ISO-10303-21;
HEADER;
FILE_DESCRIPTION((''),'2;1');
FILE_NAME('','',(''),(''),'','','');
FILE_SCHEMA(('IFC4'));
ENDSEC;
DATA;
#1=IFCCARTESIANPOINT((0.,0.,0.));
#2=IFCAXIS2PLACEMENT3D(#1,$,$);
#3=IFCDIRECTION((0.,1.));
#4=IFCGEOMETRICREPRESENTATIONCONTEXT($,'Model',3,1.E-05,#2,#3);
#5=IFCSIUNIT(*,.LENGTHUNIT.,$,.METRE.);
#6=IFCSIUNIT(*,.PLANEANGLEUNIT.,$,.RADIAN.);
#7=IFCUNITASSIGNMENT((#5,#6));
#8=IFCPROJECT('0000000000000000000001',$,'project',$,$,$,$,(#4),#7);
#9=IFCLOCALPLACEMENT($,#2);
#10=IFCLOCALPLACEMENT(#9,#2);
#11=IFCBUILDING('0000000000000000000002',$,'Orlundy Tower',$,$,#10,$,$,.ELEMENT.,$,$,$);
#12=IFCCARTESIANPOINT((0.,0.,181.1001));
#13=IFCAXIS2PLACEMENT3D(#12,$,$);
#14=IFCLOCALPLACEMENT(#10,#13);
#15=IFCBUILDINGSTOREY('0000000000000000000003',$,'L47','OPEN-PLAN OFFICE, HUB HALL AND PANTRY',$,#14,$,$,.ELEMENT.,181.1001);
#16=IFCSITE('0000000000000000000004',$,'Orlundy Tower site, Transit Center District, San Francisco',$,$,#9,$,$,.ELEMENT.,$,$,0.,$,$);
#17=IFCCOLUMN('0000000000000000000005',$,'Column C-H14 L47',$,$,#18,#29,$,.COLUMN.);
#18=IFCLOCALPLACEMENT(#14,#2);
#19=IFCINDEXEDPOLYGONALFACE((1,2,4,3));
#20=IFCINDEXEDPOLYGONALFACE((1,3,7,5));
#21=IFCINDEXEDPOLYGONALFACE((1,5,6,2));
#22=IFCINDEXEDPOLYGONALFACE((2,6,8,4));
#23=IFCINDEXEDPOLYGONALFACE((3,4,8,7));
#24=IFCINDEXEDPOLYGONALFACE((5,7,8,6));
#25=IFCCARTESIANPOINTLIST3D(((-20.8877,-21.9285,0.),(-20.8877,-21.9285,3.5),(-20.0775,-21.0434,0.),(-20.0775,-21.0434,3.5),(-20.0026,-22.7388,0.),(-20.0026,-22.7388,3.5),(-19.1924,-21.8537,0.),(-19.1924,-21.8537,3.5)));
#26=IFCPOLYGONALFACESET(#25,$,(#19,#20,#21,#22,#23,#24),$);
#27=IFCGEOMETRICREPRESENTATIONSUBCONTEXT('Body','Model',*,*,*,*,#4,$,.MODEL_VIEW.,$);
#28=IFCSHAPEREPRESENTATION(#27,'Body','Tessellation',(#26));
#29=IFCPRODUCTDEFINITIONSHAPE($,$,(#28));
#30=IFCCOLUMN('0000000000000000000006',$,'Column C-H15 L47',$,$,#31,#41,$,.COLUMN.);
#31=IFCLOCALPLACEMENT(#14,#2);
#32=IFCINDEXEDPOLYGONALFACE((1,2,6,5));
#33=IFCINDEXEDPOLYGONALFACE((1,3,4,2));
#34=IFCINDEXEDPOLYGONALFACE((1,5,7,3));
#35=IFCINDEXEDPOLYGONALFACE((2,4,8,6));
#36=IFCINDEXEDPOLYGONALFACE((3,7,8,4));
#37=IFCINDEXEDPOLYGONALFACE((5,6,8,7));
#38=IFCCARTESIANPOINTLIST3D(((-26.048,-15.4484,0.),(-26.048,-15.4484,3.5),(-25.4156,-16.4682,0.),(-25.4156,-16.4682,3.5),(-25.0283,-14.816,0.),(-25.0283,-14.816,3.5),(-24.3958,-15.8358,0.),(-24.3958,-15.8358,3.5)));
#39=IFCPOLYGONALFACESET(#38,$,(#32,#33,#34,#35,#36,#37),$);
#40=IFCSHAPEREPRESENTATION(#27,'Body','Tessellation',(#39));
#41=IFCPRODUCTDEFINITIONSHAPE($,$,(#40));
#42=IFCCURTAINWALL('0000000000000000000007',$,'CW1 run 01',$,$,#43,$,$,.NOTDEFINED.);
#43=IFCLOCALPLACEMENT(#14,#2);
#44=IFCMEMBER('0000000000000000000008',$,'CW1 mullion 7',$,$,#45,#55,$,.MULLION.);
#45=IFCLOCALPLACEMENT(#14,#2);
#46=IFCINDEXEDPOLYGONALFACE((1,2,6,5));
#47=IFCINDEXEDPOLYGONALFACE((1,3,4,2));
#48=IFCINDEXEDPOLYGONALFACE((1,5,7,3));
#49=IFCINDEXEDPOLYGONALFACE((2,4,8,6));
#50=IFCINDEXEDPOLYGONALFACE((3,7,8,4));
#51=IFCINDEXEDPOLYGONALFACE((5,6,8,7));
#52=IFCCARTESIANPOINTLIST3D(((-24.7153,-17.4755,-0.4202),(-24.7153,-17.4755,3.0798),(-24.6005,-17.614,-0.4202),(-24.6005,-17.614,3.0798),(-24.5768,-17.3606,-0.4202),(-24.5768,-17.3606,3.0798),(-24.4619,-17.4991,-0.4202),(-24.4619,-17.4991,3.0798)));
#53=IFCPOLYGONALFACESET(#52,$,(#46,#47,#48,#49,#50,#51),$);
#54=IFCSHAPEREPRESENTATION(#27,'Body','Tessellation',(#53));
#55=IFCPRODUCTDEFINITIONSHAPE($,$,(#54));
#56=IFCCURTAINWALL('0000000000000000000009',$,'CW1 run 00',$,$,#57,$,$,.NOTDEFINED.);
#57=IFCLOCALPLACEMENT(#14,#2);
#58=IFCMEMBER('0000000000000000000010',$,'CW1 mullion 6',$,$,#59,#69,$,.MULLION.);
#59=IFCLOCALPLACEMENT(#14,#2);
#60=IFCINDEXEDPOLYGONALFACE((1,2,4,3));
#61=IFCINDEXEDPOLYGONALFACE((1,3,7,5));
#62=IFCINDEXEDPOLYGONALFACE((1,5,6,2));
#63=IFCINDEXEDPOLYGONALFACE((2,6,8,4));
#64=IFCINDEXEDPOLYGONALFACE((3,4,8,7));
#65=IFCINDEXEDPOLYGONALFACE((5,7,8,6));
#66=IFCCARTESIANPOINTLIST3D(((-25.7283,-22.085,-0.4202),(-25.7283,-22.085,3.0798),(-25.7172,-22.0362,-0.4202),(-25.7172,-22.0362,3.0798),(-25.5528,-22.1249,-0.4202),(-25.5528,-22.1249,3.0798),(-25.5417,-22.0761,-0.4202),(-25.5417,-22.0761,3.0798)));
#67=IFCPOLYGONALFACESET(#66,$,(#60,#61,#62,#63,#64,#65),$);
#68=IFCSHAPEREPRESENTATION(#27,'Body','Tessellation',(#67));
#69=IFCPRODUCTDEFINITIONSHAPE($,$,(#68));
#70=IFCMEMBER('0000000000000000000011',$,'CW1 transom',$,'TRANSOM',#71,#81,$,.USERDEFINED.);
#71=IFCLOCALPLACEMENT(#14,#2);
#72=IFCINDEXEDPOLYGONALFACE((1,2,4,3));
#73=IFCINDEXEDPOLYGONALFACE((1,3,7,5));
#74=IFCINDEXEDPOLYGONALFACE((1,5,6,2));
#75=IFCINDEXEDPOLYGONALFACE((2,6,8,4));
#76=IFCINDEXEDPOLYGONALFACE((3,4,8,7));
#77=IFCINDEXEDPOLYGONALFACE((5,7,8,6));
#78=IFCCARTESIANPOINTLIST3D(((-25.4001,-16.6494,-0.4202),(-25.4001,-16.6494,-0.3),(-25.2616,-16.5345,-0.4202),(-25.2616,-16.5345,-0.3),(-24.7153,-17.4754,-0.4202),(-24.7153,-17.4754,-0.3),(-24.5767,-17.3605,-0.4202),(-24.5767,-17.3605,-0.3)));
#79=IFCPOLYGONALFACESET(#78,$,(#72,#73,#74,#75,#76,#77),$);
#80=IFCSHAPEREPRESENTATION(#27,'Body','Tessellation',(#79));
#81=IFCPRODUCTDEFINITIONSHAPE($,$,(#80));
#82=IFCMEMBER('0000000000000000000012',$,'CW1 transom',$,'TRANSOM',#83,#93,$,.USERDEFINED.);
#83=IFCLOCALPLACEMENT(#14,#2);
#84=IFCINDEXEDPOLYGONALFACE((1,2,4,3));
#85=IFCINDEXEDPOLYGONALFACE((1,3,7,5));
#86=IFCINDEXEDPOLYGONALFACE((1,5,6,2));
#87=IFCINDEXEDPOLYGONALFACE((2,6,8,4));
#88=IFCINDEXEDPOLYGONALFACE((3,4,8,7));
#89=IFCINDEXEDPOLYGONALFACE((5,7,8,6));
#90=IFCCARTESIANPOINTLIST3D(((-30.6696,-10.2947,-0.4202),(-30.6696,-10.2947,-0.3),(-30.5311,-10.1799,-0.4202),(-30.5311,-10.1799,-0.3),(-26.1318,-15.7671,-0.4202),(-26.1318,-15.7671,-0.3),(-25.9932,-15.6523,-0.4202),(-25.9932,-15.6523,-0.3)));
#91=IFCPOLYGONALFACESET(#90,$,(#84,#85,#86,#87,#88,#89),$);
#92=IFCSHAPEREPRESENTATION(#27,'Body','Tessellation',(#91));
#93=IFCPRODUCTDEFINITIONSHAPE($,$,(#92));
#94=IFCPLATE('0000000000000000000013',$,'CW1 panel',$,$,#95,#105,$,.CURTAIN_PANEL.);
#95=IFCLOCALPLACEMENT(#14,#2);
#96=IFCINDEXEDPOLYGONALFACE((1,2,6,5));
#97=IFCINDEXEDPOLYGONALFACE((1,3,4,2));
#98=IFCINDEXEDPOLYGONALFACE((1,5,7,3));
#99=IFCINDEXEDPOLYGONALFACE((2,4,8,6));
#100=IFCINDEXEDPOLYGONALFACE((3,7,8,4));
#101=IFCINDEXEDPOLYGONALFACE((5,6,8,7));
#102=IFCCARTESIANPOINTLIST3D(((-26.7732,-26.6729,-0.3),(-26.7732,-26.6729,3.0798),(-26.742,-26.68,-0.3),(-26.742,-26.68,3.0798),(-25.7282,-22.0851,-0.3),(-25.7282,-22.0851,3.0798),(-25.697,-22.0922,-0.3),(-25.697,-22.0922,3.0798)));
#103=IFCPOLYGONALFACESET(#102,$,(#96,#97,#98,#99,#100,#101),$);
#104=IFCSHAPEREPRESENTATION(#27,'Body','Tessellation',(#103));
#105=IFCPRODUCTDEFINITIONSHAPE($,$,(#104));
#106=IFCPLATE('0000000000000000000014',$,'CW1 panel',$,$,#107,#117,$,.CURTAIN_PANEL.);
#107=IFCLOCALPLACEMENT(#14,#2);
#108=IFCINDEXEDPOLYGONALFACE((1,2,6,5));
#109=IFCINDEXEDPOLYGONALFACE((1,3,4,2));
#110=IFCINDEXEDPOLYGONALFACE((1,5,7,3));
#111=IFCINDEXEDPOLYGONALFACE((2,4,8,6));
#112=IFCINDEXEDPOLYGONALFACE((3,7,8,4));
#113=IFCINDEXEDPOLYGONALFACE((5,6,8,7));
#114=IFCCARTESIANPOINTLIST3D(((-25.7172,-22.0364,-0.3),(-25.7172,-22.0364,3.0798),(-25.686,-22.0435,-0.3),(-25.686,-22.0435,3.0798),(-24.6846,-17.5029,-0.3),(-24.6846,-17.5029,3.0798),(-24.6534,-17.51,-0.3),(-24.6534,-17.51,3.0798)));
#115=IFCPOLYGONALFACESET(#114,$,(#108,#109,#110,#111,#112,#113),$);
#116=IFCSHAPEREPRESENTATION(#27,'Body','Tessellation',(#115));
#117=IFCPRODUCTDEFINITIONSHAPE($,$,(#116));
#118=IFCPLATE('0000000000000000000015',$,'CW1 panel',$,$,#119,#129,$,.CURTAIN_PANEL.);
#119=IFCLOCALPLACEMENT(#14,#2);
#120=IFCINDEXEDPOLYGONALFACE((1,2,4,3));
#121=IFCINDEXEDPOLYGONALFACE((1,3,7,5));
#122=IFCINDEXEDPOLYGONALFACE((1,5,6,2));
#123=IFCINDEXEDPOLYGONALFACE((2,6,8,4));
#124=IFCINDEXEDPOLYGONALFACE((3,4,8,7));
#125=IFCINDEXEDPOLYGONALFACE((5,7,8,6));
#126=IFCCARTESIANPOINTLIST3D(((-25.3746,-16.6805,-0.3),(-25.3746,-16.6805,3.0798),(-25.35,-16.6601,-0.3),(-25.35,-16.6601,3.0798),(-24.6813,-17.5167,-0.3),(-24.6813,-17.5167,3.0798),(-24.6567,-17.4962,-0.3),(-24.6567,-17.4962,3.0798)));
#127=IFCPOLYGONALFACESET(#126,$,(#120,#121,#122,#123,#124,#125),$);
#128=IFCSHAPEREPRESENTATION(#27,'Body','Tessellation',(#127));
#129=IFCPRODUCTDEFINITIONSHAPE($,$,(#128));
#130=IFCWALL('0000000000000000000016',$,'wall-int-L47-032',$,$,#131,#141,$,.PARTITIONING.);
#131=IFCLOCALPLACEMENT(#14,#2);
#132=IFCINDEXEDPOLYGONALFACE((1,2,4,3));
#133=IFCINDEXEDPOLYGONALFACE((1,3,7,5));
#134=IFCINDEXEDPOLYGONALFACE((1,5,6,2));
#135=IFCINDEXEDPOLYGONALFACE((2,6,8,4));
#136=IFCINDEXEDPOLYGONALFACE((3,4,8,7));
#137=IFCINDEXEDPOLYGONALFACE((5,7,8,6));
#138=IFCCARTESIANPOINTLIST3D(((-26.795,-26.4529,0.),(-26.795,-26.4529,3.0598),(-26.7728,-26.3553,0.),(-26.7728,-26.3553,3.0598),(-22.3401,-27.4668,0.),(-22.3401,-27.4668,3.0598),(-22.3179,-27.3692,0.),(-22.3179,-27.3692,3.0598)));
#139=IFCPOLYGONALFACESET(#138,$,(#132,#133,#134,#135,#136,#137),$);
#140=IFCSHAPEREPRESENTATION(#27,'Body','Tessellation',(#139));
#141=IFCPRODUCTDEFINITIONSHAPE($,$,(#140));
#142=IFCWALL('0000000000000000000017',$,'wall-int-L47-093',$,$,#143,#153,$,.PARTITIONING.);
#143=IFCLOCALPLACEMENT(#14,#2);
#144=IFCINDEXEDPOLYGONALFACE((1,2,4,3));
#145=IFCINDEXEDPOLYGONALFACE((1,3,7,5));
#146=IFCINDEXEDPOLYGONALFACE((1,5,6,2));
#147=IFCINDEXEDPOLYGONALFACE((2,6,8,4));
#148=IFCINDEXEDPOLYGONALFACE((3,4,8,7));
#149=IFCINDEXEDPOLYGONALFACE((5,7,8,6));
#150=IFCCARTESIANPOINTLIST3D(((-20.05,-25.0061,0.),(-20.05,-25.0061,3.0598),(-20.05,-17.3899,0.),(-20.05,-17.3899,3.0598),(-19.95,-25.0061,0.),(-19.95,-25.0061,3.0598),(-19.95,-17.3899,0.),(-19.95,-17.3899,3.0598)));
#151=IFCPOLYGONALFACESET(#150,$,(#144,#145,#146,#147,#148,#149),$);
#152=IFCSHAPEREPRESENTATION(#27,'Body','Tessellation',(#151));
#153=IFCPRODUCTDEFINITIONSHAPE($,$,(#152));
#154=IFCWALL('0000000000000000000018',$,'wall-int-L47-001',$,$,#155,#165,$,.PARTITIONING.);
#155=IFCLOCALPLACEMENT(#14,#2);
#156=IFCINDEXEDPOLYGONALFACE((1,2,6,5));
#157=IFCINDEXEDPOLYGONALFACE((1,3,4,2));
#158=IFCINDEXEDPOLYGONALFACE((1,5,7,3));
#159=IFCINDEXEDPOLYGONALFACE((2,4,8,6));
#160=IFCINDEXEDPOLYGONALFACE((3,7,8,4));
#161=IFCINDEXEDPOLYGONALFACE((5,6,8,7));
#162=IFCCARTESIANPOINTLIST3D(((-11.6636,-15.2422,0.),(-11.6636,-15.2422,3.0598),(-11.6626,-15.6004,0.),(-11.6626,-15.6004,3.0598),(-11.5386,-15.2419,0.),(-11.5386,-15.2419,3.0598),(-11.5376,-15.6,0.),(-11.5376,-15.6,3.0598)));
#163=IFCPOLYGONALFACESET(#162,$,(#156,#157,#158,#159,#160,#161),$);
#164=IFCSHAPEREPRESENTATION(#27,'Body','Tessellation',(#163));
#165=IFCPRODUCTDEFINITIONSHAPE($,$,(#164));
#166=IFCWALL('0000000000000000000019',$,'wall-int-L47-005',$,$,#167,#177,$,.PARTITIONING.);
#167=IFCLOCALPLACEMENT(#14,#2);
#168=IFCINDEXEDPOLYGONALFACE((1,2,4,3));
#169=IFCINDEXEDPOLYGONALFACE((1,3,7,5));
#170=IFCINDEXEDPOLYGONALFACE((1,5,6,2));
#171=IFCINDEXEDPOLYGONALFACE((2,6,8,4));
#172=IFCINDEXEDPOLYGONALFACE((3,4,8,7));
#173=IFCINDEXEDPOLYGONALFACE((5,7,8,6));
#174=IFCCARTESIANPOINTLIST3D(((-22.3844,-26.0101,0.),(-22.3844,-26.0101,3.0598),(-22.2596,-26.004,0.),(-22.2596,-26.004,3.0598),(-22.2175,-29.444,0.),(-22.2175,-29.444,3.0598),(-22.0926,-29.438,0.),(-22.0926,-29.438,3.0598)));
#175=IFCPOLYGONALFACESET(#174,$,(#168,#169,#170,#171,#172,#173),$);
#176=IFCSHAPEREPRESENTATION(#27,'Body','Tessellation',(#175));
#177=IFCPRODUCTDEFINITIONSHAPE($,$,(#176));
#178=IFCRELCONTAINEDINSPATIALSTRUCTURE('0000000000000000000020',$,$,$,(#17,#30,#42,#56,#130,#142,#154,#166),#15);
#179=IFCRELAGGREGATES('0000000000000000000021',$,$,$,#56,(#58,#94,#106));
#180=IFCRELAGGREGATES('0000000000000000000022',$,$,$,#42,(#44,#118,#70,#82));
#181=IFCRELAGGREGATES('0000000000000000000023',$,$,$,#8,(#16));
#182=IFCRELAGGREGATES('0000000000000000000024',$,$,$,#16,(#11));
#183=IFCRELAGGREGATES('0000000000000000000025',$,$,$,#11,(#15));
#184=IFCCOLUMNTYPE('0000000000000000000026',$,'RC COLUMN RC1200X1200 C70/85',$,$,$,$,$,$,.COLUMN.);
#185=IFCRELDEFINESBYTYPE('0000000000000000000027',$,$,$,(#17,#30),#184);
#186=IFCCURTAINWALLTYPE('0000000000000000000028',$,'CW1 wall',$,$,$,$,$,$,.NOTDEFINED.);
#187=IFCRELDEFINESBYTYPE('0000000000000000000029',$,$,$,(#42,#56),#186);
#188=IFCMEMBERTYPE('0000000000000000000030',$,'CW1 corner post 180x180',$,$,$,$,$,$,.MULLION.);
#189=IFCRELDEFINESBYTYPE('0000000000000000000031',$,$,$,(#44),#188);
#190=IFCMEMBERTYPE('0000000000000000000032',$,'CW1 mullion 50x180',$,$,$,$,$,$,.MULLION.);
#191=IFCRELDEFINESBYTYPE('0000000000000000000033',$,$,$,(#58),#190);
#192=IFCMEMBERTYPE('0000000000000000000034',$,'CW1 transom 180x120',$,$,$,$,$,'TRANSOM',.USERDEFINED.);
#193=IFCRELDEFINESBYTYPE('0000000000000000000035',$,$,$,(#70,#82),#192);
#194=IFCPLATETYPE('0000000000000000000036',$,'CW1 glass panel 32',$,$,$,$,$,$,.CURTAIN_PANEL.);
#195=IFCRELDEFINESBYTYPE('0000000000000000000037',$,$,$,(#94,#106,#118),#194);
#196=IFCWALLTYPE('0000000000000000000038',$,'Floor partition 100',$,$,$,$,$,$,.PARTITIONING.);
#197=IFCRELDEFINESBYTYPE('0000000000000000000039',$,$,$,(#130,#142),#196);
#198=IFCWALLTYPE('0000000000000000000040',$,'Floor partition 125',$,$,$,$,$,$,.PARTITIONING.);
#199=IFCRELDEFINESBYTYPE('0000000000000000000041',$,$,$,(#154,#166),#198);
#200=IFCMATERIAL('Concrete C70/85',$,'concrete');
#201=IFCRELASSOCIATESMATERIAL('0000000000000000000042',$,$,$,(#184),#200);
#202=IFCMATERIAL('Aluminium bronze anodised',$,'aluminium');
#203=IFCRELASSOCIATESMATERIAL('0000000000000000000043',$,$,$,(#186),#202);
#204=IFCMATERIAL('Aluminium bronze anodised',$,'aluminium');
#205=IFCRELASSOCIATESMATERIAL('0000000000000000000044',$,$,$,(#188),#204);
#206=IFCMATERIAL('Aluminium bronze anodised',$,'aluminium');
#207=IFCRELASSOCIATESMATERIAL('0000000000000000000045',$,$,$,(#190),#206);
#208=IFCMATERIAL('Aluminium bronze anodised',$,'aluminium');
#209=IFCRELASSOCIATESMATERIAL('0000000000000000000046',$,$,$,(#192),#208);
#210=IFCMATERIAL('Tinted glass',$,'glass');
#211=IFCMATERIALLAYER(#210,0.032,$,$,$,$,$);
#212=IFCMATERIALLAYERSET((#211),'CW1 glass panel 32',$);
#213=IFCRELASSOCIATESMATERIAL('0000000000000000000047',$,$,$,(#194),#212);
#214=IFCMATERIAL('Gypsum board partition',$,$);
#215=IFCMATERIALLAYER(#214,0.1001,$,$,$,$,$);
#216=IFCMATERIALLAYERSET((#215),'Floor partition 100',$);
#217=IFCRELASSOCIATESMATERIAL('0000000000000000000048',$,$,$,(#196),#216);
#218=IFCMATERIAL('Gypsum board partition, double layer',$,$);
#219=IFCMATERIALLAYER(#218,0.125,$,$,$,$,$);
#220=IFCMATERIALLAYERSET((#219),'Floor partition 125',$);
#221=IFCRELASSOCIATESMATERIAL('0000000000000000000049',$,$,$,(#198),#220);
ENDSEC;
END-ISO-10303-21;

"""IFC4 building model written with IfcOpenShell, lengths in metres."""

from ifc_helpers import new_model, si_unit, direction, frame, frame_2d, origin, origin_2d, place, context, subcontext, project, spatial, rectangle, extrude, material, layer, layer_set, material_profile, profile_set, type_object, element, aggregate, save


model = new_model("IFC4")

# Units and contexts
model_context = context("Model", 3, precision=1e-05, world=origin(), true_north=direction((0.0, 1.0)))
body_context = subcontext(model_context, "Body", "Model", "MODEL_VIEW")
ifc_project = project(units=[si_unit("LENGTHUNIT", "METRE"), si_unit("PLANEANGLEUNIT", "RADIAN")], contexts=[model_context])

# Site, building, storey
site_placement = place(None, origin())
site = spatial("IfcSite", under=ifc_project, at=site_placement, Name="Orlundy Tower site, Transit Center District, San Francisco", CompositionType="ELEMENT", RefElevation=0.0)
building_placement = place(site_placement, origin())
building = spatial("IfcBuilding", under=site, at=building_placement, Name="Orlundy Tower", CompositionType="ELEMENT")
storey_placement = place(building_placement, frame((0.0, 0.0, 181.1001)))
storey = spatial("IfcBuildingStorey", under=building, at=storey_placement, Name="L47", Description="OPEN-PLAN OFFICE, HUB HALL AND PANTRY", CompositionType="ELEMENT", Elevation=181.1001)

# Columns
ifc_material_1 = material(Name="Concrete C70/85", Category="concrete")
ifc_material_profile_1 = material_profile(ifc_material_1, rectangle(XDim=1.2, YDim=1.2, at=origin_2d()), Name="RC1200X1200")
ifc_profile_set_1 = profile_set([ifc_material_profile_1], Name="Concrete C70/85")
column_type = type_object("IfcColumnType", Name="RC COLUMN RC1200X1200 C70/85", PredefinedType="COLUMN", material=ifc_profile_set_1)
for number, where, z_axis, x_axis, name in (
    (1, (-20.04, -21.8911, 0.0), (0.0, 0.0, 1.0), (-0.67523, -0.737607, 0.0), "Column C-H14 L47"),
    (2, (-25.2219, -15.6421, 0.0), (0.0, 0.0, 1.0), (-0.849838, -0.527045, 0.0), "Column C-H15 L47"),
):
    element("IfcColumn", number, at=place(storey_placement, frame(where, z_axis=z_axis, x_axis=x_axis)), inside=storey, type_object=column_type, Name=name, PredefinedType="COLUMN", context=body_context, shape_type="SweptSolid", body=[
        extrude(rectangle(XDim=1.2, YDim=1.2, at=origin_2d()), origin(), (0.0, 0.0, 1.0), 3.5),
    ])

# Curtain walls, members
ifc_material_2 = material(Name="Aluminium bronze anodised", Category="aluminium")
curtain_wall_type = type_object("IfcCurtainWallType", Name="CW1 wall", PredefinedType="NOTDEFINED", material=ifc_material_2)
curtain_wall_1_placement = place(storey_placement, origin())
curtain_wall_1 = element("IfcCurtainWall", 3, at=curtain_wall_1_placement, inside=storey, type_object=curtain_wall_type, Name="CW1 run 01", PredefinedType="NOTDEFINED")
ifc_material_3 = material(Name="Aluminium bronze anodised", Category="aluminium")
ifc_material_profile_2 = material_profile(ifc_material_3, rectangle(XDim=0.1799, YDim=0.1799, at=origin_2d()), Name="CW1 corner post 180x180")
ifc_profile_set_2 = profile_set([ifc_material_profile_2], Name="Aluminium bronze anodised")
member_type_1 = type_object("IfcMemberType", Name="CW1 corner post 180x180", PredefinedType="MULLION", material=ifc_profile_set_2)
member_1_placement = place(storey_placement, frame((-24.5886, -17.4873, -0.4202), z_axis=(0.0, 0.0, 1.0), x_axis=(-0.769788, -0.638299, 0.0)))
member_1 = element("IfcMember", 4, at=member_1_placement, type_object=member_type_1, Name="CW1 mullion 7", PredefinedType="MULLION", context=body_context, shape_type="SweptSolid", body=[
    extrude(rectangle(XDim=0.1799, YDim=0.1799, at=origin_2d()), origin(), (0.0, 0.0, 1.0), 3.5),
])
curtain_wall_2_placement = place(storey_placement, origin())
curtain_wall_2 = element("IfcCurtainWall", 5, at=curtain_wall_2_placement, inside=storey, type_object=curtain_wall_type, Name="CW1 run 00", PredefinedType="NOTDEFINED")
ifc_material_4 = material(Name="Aluminium bronze anodised", Category="aluminium")
ifc_material_profile_3 = material_profile(ifc_material_4, rectangle(XDim=0.1799, YDim=0.05, at=origin_2d()), Name="CW1 mullion 50x180")
ifc_profile_set_3 = profile_set([ifc_material_profile_3], Name="Aluminium bronze anodised")
member_type_2 = type_object("IfcMemberType", Name="CW1 mullion 50x180", PredefinedType="MULLION", material=ifc_profile_set_3)
member_2_placement = place(storey_placement, frame((-25.635, -22.0806, -0.4202), z_axis=(0.0, 0.0, 1.0), x_axis=(-0.975025, 0.222097, 0.0)))
member_2 = element("IfcMember", 6, at=member_2_placement, type_object=member_type_2, Name="CW1 mullion 6", PredefinedType="MULLION", context=body_context, shape_type="SweptSolid", body=[
    extrude(rectangle(XDim=0.1799, YDim=0.05, at=origin_2d()), origin(), (0.0, 0.0, 1.0), 3.5),
])

# Members
ifc_material_5 = material(Name="Aluminium bronze anodised", Category="aluminium")
ifc_material_profile_4 = material_profile(ifc_material_5, rectangle(XDim=0.1799, YDim=0.1201, at=origin_2d()), Name="CW1 transom 180x120")
ifc_profile_set_4 = profile_set([ifc_material_profile_4], Name="Aluminium bronze anodised")
member_type_3 = type_object("IfcMemberType", Name="CW1 transom 180x120", ElementType="TRANSOM", PredefinedType="USERDEFINED", material=ifc_profile_set_4)
member_3_placement = place(storey_placement, frame((-24.646, -17.418, -0.3601), z_axis=(-0.63828, 0.769804, 0.0), x_axis=(-0.769804, -0.63828, 0.0)))
member_3 = element("IfcMember", 7, at=member_3_placement, type_object=member_type_3, Name="CW1 transom", ObjectType="TRANSOM", PredefinedType="USERDEFINED", context=body_context, shape_type="SweptSolid", body=[
    extrude(rectangle(XDim=0.1799, YDim=0.1201, at=origin_2d()), origin(), (0.0, 0.0, 1.0), 1.073),
])
member_4_placement = place(storey_placement, frame((-26.0625, -15.7097, -0.3601), z_axis=(-0.638315, 0.769776, 0.0), x_axis=(-0.769776, -0.638315, 0.0)))
member_4 = element("IfcMember", 8, at=member_4_placement, type_object=member_type_3, Name="CW1 transom", ObjectType="TRANSOM", PredefinedType="USERDEFINED", context=body_context, shape_type="SweptSolid", body=[
    extrude(rectangle(XDim=0.1799, YDim=0.1201, at=origin_2d()), origin(), (0.0, 0.0, 1.0), 7.1091),
])

# Plates
ifc_material_6 = material(Name="Tinted glass", Category="glass")
ifc_layer_1 = layer(ifc_material_6, 0.032)
ifc_layer_set_1 = layer_set([ifc_layer_1], Name="CW1 glass panel 32")
plate_type = type_object("IfcPlateType", Name="CW1 glass panel 32", PredefinedType="CURTAIN_PANEL", material=ifc_layer_set_1)
plate_1_placement = place(storey_placement, frame((-26.2351, -24.3826, -0.3), z_axis=(0.0, 0.0, 1.0), x_axis=(0.222097, 0.975025, 0.0)))
plate_1 = element("IfcPlate", 9, at=plate_1_placement, type_object=plate_type, Name="CW1 panel", PredefinedType="CURTAIN_PANEL", context=body_context, shape_type="SweptSolid", body=[
    extrude(rectangle(XDim=4.7053, YDim=0.032, at=origin_2d()), origin(), (0.0, 0.0, 1.0), 3.3799),
])
plate_2_placement = place(storey_placement, frame((-25.1853, -19.7732, -0.3), z_axis=(0.0, 0.0, 1.0), x_axis=(0.222097, 0.975025, 0.0)))
plate_2 = element("IfcPlate", 10, at=plate_2_placement, type_object=plate_type, Name="CW1 panel", PredefinedType="CURTAIN_PANEL", context=body_context, shape_type="SweptSolid", body=[
    extrude(rectangle(XDim=4.6497, YDim=0.032, at=origin_2d()), origin(), (0.0, 0.0, 1.0), 3.3799),
])
aggregate(curtain_wall_2, [member_2, plate_1, plate_2])
plate_3_placement = place(storey_placement, frame((-25.0156, -17.0884, -0.3), z_axis=(0.0, 0.0, 1.0), x_axis=(-0.638299, 0.769788, 0.0)))
plate_3 = element("IfcPlate", 11, at=plate_3_placement, type_object=plate_type, Name="CW1 panel", PredefinedType="CURTAIN_PANEL", context=body_context, shape_type="SweptSolid", body=[
    extrude(rectangle(XDim=1.0862, YDim=0.032, at=origin_2d()), origin(), (0.0, 0.0, 1.0), 3.3799),
])
aggregate(curtain_wall_1, [member_1, plate_3, member_3, member_4])

# Walls
ifc_material_7 = material(Name="Gypsum board partition")
ifc_layer_2 = layer(ifc_material_7, 0.1001)
ifc_layer_set_2 = layer_set([ifc_layer_2], Name="Floor partition 100")
wall_type_1 = type_object("IfcWallType", Name="Floor partition 100", PredefinedType="PARTITIONING", material=ifc_layer_set_2)
wall_1_placement = place(storey_placement, frame((-26.7839, -26.4041, 0.0), z_axis=(0.0, 0.0, 1.0), x_axis=(0.975064, -0.221924, 0.0)))
element("IfcWall", 12, at=wall_1_placement, inside=storey, type_object=wall_type_1, Name="wall-int-L47-032", PredefinedType="PARTITIONING", context=body_context, shape_type="SweptSolid", body=[
    extrude(rectangle(XDim=4.5688, YDim=0.1001, at=frame_2d((2.2844, 0.0))), origin(), (0.0, 0.0, 1.0), 3.0598),
])
wall_2_placement = place(storey_placement, frame((-20.0, -25.0061, 0.0), z_axis=(0.0, 0.0, 1.0), x_axis=(0.0, 1.0, 0.0)))
element("IfcWall", 13, at=wall_2_placement, inside=storey, type_object=wall_type_1, Name="wall-int-L47-093", PredefinedType="PARTITIONING", context=body_context, shape_type="SweptSolid", body=[
    extrude(rectangle(XDim=7.6162, YDim=0.1001, at=frame_2d((3.8081, 0.0))), origin(), (0.0, 0.0, 1.0), 3.0598),
])
ifc_material_8 = material(Name="Gypsum board partition, double layer")
ifc_layer_3 = layer(ifc_material_8, 0.125)
ifc_layer_set_3 = layer_set([ifc_layer_3], Name="Floor partition 125")
wall_type_2 = type_object("IfcWallType", Name="Floor partition 125", PredefinedType="PARTITIONING", material=ifc_layer_set_3)
wall_3_placement = place(storey_placement, frame((-11.6011, -15.2419, 0.0), z_axis=(0.0, 0.0, 1.0), x_axis=(0.002727, -0.999996, 0.0)))
element("IfcWall", 14, at=wall_3_placement, inside=storey, type_object=wall_type_2, Name="wall-int-L47-001", PredefinedType="PARTITIONING", context=body_context, shape_type="SweptSolid", body=[
    extrude(rectangle(XDim=0.3582, YDim=0.125, at=frame_2d((0.1792, 0.0))), origin(), (0.0, 0.0, 1.0), 3.0598),
])
wall_4_placement = place(storey_placement, frame((-22.322, -26.0071, 0.0), z_axis=(0.0, 0.0, 1.0), x_axis=(0.048574, -0.99882, 0.0)))
element("IfcWall", 15, at=wall_4_placement, inside=storey, type_object=wall_type_2, Name="wall-int-L47-005", PredefinedType="PARTITIONING", context=body_context, shape_type="SweptSolid", body=[
    extrude(rectangle(XDim=3.438, YDim=0.125, at=frame_2d((1.719, 0.0))), origin(), (0.0, 0.0, 1.0), 3.0598),
])

save(model, "model.ifc")
